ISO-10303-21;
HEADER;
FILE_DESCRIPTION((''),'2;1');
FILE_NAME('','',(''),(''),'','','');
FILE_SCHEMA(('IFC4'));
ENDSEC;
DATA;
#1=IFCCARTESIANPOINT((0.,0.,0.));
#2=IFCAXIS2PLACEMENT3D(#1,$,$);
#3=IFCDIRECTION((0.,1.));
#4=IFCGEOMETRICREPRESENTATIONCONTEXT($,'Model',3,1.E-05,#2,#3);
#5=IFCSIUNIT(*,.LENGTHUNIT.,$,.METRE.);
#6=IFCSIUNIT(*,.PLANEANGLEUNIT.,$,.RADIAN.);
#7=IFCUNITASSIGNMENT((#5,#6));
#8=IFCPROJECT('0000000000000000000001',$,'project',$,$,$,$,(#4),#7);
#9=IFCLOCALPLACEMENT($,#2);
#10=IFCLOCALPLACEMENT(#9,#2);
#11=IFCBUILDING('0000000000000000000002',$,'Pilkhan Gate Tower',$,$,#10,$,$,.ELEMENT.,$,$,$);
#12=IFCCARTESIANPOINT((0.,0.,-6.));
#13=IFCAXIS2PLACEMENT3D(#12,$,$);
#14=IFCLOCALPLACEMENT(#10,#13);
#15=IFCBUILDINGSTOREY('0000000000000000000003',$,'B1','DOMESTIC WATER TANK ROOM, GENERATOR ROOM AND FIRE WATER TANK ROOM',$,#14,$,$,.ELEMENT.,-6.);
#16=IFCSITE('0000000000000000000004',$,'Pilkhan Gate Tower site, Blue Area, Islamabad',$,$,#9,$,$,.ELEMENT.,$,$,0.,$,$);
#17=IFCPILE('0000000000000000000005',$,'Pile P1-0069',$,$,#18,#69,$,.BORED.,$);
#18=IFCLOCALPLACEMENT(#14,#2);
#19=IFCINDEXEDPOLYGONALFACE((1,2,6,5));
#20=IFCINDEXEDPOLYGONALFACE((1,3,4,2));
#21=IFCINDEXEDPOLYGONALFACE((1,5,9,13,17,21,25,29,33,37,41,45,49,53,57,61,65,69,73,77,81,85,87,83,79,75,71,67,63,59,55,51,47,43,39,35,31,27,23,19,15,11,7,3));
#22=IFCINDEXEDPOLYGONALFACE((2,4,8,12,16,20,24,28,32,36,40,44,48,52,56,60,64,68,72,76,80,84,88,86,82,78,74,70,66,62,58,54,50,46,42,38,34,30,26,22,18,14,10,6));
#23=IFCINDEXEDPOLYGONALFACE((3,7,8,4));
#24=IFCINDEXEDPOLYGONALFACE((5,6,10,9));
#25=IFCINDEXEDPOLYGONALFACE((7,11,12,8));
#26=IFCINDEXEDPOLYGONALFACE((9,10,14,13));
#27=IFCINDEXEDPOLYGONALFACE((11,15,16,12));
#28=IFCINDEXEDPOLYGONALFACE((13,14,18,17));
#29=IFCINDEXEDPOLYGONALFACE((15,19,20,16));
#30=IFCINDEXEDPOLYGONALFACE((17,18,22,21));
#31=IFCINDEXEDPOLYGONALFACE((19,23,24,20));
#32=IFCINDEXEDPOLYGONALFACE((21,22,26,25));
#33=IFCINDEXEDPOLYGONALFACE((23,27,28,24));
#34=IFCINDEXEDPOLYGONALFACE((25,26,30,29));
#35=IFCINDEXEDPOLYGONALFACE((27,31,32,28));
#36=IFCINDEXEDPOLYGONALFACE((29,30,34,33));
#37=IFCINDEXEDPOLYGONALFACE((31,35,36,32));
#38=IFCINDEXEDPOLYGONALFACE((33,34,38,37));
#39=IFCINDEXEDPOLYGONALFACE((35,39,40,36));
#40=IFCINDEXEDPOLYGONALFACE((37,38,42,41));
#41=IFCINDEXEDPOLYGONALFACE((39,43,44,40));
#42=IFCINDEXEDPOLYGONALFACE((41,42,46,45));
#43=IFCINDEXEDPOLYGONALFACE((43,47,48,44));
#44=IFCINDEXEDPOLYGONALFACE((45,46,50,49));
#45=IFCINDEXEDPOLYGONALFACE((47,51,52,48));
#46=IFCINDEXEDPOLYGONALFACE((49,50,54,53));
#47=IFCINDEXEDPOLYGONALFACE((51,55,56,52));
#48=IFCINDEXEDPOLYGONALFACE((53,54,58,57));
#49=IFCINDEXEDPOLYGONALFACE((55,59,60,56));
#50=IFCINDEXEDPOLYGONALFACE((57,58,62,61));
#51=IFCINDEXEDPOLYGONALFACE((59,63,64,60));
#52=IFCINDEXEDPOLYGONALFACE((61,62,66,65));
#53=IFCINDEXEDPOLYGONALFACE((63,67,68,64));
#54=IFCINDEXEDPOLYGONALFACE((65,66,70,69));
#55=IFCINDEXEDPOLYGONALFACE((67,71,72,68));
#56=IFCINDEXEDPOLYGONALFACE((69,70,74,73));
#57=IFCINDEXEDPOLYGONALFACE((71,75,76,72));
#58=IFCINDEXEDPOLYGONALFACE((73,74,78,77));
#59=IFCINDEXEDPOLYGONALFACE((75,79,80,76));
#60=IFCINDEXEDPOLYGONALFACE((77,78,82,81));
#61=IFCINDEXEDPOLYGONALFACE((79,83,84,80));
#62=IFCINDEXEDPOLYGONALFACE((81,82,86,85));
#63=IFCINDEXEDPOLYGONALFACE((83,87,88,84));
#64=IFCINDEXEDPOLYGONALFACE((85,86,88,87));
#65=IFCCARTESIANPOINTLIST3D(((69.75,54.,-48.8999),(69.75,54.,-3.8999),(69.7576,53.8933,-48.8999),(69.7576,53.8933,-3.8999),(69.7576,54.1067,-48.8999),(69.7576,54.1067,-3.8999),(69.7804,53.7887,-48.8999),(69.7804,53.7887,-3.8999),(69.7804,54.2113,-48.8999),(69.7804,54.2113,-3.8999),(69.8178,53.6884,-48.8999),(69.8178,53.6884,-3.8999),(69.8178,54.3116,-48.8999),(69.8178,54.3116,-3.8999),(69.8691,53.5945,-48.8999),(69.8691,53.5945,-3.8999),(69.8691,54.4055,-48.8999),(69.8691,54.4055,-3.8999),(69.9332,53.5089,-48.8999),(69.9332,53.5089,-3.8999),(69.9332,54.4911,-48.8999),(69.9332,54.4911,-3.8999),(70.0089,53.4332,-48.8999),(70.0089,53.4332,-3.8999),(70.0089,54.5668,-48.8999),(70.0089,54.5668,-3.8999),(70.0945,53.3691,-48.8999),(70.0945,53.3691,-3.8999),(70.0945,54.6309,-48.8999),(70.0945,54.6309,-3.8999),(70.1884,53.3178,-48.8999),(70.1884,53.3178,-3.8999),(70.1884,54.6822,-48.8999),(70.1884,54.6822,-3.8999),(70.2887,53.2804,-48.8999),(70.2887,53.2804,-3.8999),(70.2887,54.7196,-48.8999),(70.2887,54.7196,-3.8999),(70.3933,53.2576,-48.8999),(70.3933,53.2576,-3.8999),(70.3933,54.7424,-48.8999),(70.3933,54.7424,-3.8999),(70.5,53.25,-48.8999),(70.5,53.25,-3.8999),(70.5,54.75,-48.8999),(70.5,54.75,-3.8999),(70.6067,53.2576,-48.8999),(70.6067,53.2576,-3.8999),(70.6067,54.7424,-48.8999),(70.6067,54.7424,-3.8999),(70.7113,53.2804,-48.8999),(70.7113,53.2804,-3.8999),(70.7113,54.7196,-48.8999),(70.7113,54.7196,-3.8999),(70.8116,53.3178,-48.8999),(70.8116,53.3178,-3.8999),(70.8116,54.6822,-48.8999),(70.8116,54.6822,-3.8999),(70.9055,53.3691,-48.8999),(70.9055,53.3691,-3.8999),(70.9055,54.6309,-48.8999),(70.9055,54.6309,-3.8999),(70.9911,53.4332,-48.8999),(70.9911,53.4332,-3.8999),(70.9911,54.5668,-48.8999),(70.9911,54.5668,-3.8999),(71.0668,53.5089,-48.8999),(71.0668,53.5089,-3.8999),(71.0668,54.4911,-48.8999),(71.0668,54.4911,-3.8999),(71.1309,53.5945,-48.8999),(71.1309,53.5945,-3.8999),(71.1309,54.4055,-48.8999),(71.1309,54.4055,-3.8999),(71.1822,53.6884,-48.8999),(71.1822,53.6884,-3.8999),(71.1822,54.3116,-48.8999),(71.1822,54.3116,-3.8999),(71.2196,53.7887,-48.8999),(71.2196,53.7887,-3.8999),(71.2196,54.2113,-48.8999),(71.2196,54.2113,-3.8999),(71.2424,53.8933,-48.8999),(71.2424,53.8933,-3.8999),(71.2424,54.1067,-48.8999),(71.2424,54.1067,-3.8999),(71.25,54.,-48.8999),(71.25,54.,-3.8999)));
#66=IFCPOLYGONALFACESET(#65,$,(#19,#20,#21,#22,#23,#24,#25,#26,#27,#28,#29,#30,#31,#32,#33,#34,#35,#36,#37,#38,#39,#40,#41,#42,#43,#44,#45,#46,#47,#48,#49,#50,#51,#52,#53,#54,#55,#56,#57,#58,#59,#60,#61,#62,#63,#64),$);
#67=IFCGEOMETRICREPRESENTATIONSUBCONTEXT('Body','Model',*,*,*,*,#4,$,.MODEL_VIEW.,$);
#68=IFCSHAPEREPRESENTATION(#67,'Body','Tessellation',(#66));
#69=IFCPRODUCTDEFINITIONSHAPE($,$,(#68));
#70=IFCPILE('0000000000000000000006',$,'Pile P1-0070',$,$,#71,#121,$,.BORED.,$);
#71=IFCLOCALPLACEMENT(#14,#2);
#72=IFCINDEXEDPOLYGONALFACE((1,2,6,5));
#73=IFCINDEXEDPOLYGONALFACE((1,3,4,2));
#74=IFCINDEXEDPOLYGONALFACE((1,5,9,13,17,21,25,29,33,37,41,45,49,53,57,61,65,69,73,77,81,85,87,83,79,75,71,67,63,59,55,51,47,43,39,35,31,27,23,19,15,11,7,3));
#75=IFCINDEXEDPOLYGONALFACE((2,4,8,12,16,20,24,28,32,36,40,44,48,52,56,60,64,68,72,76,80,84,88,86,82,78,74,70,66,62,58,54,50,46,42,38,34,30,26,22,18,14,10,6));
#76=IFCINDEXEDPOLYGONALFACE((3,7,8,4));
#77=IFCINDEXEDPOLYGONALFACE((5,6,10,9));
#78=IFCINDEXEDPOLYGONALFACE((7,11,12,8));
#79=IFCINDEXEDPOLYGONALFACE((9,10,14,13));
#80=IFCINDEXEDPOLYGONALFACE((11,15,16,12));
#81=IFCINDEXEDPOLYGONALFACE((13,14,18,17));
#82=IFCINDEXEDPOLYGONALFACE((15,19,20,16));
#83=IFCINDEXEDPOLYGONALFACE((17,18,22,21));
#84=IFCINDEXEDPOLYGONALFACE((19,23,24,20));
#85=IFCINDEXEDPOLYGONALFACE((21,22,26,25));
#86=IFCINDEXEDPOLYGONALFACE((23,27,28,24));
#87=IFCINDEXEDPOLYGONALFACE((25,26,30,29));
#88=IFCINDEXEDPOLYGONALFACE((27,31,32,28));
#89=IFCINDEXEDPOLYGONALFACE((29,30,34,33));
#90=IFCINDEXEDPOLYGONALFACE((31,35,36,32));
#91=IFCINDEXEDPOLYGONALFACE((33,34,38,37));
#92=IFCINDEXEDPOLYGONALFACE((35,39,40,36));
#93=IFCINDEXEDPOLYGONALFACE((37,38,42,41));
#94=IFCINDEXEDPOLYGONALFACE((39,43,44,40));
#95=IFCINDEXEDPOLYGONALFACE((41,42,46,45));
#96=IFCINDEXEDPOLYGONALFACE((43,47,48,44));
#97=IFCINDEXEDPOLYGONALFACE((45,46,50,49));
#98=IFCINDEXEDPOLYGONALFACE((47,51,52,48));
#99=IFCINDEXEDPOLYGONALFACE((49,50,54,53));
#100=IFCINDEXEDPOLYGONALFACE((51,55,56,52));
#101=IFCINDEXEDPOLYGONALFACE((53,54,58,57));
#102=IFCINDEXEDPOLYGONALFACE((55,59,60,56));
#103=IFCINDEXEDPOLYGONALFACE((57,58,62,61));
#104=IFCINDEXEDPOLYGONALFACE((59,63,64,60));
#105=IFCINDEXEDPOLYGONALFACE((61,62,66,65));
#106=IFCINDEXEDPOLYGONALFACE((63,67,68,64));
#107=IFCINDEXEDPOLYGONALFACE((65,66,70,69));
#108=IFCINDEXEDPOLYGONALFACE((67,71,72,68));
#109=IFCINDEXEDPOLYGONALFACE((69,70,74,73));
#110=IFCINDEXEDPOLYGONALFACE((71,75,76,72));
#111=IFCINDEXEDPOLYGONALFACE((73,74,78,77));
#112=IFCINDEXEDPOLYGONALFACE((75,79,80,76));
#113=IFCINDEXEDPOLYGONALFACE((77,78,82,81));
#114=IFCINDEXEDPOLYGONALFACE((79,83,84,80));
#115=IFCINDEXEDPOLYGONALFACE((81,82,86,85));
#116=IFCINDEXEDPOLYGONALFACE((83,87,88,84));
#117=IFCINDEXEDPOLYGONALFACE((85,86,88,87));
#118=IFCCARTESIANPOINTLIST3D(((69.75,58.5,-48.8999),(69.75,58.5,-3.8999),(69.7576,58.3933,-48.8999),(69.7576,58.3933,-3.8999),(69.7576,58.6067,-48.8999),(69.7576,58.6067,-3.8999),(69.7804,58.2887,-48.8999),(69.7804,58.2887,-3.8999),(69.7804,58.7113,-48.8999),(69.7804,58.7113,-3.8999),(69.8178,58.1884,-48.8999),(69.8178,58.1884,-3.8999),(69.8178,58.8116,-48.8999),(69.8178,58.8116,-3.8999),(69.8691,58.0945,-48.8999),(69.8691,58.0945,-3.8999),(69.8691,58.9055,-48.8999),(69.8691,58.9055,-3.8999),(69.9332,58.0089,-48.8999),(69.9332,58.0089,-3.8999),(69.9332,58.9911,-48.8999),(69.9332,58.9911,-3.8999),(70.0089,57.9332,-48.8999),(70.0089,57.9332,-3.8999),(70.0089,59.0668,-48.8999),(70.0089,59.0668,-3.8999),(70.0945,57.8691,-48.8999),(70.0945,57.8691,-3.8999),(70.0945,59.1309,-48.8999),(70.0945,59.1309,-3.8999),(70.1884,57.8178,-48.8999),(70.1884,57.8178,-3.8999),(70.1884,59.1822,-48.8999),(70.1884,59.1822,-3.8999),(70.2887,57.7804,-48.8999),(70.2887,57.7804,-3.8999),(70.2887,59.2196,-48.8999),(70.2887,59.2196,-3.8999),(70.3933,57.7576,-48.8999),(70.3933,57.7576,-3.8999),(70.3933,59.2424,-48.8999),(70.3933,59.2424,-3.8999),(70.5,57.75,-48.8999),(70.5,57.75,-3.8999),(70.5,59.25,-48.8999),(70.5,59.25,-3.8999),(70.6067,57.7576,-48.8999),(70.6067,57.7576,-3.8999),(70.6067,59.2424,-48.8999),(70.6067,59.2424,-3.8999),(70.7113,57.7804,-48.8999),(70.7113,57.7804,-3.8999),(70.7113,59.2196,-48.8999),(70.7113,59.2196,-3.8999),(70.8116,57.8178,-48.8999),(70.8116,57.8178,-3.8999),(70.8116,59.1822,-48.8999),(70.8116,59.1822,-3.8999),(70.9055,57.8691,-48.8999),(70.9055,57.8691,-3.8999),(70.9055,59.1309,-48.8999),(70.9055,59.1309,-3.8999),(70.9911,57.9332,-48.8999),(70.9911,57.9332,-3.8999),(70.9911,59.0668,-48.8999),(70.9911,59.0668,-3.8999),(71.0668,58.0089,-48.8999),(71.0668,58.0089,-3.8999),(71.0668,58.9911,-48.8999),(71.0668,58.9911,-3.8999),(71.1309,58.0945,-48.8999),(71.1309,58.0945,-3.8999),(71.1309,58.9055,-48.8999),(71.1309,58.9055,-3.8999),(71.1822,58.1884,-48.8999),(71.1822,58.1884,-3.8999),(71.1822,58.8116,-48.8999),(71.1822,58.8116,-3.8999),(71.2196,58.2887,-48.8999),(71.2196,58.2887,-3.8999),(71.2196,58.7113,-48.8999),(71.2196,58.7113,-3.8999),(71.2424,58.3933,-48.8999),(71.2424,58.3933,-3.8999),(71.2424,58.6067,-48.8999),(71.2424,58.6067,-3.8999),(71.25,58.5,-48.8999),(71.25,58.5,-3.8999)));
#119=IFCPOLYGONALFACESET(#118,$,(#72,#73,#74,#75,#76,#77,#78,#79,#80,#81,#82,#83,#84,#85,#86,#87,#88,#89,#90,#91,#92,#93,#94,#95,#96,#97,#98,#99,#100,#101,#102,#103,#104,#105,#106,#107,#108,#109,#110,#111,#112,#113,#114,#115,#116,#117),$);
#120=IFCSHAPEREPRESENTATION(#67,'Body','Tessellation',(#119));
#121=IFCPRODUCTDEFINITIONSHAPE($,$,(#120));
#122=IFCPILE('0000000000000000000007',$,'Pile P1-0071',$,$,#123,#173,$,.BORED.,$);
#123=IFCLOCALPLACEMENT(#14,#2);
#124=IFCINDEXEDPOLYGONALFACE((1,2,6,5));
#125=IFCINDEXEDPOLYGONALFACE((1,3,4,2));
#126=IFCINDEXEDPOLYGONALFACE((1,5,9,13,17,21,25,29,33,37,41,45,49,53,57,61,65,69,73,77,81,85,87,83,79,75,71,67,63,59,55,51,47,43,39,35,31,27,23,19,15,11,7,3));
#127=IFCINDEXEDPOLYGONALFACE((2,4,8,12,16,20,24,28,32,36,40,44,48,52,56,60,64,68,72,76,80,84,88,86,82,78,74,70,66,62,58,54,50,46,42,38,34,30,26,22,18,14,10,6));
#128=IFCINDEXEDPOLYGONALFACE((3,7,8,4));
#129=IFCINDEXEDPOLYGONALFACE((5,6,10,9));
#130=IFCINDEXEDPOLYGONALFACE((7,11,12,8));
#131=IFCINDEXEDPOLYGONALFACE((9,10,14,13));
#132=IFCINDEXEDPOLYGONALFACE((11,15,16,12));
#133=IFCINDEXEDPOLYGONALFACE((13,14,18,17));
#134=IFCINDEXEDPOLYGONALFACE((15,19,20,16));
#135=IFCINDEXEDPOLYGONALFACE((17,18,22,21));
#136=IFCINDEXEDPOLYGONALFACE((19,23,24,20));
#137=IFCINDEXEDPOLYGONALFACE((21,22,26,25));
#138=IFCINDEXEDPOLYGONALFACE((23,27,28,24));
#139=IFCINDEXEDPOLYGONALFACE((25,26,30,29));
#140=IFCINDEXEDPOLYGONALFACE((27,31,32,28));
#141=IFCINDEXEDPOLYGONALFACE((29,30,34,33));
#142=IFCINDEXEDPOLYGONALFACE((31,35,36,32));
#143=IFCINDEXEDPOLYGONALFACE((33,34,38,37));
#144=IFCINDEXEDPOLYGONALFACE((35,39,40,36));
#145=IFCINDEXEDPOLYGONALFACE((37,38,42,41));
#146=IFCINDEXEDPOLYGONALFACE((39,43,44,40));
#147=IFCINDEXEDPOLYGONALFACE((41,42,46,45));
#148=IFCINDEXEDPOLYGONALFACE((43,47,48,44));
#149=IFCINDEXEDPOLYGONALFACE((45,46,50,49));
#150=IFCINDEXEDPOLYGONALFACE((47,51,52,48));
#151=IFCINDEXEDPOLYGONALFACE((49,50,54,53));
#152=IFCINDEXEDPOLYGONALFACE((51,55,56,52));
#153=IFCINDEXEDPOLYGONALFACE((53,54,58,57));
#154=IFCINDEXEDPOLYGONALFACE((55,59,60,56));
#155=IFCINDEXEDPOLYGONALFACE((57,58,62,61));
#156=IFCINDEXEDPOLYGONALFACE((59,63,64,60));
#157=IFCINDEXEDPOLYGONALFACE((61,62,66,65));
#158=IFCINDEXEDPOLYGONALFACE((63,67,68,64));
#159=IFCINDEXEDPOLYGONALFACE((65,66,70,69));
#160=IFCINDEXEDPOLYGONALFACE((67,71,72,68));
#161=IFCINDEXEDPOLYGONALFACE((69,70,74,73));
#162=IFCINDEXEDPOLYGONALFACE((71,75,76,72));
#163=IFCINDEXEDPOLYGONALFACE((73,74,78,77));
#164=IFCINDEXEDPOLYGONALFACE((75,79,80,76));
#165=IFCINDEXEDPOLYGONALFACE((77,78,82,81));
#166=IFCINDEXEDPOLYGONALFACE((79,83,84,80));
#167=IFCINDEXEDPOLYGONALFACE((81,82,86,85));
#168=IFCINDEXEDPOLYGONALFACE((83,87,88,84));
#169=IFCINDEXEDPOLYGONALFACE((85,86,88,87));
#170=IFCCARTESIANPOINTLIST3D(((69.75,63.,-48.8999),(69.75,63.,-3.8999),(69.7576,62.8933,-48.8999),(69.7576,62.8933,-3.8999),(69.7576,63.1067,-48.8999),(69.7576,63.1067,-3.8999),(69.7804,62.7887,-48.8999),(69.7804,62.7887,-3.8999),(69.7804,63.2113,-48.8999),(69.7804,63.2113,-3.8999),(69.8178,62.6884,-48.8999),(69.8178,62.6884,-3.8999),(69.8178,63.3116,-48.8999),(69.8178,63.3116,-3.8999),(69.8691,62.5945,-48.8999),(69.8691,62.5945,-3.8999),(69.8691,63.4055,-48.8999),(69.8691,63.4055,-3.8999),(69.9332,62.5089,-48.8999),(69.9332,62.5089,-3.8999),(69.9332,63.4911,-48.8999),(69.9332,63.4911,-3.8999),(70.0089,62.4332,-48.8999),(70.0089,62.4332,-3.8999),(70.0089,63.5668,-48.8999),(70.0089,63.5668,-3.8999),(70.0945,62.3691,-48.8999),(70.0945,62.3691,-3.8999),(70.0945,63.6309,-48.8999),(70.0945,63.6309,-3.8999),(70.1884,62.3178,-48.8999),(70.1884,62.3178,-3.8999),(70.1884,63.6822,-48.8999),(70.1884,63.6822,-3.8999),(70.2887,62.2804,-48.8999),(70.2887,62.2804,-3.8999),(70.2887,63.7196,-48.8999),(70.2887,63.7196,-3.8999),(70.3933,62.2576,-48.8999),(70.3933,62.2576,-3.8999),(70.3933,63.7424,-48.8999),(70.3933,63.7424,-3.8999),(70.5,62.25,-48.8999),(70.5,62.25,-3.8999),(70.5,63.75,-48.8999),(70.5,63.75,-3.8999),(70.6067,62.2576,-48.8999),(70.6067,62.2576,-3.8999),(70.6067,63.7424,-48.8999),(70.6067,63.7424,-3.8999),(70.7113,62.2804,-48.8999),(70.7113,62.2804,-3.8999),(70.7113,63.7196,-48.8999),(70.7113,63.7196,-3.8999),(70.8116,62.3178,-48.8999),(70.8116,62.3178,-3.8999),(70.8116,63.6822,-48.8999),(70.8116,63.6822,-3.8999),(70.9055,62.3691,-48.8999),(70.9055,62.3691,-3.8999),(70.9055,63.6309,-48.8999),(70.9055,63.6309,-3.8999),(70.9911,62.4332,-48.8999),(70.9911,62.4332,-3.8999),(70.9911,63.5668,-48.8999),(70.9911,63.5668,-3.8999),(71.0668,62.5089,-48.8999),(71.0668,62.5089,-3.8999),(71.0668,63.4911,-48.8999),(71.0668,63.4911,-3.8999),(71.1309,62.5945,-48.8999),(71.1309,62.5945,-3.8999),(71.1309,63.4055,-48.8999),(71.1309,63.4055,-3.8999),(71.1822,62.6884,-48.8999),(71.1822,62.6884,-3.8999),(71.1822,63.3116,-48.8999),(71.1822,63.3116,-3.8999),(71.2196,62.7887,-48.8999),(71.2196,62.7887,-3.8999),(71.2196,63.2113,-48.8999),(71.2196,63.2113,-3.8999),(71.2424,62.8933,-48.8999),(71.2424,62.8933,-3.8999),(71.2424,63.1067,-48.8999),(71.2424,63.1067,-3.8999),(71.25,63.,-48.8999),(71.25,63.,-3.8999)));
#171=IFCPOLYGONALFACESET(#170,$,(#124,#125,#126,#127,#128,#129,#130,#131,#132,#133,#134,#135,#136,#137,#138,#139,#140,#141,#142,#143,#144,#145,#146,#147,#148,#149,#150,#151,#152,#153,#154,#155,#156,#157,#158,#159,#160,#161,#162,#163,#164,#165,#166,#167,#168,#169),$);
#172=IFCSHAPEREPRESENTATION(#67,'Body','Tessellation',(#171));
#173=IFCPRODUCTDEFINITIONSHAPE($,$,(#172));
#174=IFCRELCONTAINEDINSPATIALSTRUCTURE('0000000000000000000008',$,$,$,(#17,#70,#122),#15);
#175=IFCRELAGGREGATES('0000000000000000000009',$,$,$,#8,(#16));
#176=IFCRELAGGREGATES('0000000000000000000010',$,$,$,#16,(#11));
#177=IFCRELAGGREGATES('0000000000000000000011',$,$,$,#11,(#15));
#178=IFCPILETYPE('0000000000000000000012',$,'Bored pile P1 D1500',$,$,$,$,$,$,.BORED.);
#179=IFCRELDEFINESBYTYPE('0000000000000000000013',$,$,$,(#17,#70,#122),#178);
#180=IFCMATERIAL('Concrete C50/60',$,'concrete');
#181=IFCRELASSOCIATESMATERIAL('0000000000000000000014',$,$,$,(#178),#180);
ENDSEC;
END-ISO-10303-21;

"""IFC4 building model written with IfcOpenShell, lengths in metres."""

from ifc_helpers import new_model, si_unit, direction, frame, origin, origin_2d, place, context, subcontext, project, spatial, circle, extrude, material, material_profile, profile_set, type_object, element, save


model = new_model("IFC4")

# Units and contexts
model_context = context("Model", 3, precision=1e-05, world=origin(), true_north=direction((0.0, 1.0)))
body_context = subcontext(model_context, "Body", "Model", "MODEL_VIEW")
ifc_project = project(units=[si_unit("LENGTHUNIT", "METRE"), si_unit("PLANEANGLEUNIT", "RADIAN")], contexts=[model_context])

# Site, building, storey
site_placement = place(None, origin())
site = spatial("IfcSite", under=ifc_project, at=site_placement, Name="Pilkhan Gate Tower site, Blue Area, Islamabad", CompositionType="ELEMENT", RefElevation=0.0)
building_placement = place(site_placement, origin())
building = spatial("IfcBuilding", under=site, at=building_placement, Name="Pilkhan Gate Tower", CompositionType="ELEMENT")
storey_placement = place(building_placement, frame((0.0, 0.0, -6.0)))
storey = spatial("IfcBuildingStorey", under=building, at=storey_placement, Name="B1", Description="DOMESTIC WATER TANK ROOM, GENERATOR ROOM AND FIRE WATER TANK ROOM", CompositionType="ELEMENT", Elevation=-6.0)

# Piles
ifc_material_1 = material(Name="Concrete C50/60", Category="concrete")
ifc_material_profile_1 = material_profile(ifc_material_1, circle(Radius=0.75, at=origin_2d()), Name="Bored pile 1500 dia")
ifc_profile_set_1 = profile_set([ifc_material_profile_1], Name="Concrete C50/60")
pile_type = type_object("IfcPileType", Name="Bored pile P1 D1500", PredefinedType="BORED", material=ifc_profile_set_1)
for number, where, z_axis, x_axis, name in (
    (1, (70.5, 54.0, -3.8999), (0.0, 0.0, -1.0), (1.0, 0.0, 0.0), "Pile P1-0069"),
    (2, (70.5, 58.5, -3.8999), (0.0, 0.0, -1.0), (1.0, 0.0, 0.0), "Pile P1-0070"),
    (3, (70.5, 63.0, -3.8999), (0.0, 0.0, -1.0), (1.0, 0.0, 0.0), "Pile P1-0071"),
):
    element("IfcPile", number, at=place(storey_placement, frame(where, z_axis=z_axis, x_axis=x_axis)), inside=storey, type_object=pile_type, Name=name, PredefinedType="BORED", context=body_context, shape_type="SweptSolid", body=[
        extrude(circle(Radius=0.75, at=origin_2d()), origin(), (0.0, 0.0, 1.0), 45.0),
    ])

save(model, "model.ifc")
